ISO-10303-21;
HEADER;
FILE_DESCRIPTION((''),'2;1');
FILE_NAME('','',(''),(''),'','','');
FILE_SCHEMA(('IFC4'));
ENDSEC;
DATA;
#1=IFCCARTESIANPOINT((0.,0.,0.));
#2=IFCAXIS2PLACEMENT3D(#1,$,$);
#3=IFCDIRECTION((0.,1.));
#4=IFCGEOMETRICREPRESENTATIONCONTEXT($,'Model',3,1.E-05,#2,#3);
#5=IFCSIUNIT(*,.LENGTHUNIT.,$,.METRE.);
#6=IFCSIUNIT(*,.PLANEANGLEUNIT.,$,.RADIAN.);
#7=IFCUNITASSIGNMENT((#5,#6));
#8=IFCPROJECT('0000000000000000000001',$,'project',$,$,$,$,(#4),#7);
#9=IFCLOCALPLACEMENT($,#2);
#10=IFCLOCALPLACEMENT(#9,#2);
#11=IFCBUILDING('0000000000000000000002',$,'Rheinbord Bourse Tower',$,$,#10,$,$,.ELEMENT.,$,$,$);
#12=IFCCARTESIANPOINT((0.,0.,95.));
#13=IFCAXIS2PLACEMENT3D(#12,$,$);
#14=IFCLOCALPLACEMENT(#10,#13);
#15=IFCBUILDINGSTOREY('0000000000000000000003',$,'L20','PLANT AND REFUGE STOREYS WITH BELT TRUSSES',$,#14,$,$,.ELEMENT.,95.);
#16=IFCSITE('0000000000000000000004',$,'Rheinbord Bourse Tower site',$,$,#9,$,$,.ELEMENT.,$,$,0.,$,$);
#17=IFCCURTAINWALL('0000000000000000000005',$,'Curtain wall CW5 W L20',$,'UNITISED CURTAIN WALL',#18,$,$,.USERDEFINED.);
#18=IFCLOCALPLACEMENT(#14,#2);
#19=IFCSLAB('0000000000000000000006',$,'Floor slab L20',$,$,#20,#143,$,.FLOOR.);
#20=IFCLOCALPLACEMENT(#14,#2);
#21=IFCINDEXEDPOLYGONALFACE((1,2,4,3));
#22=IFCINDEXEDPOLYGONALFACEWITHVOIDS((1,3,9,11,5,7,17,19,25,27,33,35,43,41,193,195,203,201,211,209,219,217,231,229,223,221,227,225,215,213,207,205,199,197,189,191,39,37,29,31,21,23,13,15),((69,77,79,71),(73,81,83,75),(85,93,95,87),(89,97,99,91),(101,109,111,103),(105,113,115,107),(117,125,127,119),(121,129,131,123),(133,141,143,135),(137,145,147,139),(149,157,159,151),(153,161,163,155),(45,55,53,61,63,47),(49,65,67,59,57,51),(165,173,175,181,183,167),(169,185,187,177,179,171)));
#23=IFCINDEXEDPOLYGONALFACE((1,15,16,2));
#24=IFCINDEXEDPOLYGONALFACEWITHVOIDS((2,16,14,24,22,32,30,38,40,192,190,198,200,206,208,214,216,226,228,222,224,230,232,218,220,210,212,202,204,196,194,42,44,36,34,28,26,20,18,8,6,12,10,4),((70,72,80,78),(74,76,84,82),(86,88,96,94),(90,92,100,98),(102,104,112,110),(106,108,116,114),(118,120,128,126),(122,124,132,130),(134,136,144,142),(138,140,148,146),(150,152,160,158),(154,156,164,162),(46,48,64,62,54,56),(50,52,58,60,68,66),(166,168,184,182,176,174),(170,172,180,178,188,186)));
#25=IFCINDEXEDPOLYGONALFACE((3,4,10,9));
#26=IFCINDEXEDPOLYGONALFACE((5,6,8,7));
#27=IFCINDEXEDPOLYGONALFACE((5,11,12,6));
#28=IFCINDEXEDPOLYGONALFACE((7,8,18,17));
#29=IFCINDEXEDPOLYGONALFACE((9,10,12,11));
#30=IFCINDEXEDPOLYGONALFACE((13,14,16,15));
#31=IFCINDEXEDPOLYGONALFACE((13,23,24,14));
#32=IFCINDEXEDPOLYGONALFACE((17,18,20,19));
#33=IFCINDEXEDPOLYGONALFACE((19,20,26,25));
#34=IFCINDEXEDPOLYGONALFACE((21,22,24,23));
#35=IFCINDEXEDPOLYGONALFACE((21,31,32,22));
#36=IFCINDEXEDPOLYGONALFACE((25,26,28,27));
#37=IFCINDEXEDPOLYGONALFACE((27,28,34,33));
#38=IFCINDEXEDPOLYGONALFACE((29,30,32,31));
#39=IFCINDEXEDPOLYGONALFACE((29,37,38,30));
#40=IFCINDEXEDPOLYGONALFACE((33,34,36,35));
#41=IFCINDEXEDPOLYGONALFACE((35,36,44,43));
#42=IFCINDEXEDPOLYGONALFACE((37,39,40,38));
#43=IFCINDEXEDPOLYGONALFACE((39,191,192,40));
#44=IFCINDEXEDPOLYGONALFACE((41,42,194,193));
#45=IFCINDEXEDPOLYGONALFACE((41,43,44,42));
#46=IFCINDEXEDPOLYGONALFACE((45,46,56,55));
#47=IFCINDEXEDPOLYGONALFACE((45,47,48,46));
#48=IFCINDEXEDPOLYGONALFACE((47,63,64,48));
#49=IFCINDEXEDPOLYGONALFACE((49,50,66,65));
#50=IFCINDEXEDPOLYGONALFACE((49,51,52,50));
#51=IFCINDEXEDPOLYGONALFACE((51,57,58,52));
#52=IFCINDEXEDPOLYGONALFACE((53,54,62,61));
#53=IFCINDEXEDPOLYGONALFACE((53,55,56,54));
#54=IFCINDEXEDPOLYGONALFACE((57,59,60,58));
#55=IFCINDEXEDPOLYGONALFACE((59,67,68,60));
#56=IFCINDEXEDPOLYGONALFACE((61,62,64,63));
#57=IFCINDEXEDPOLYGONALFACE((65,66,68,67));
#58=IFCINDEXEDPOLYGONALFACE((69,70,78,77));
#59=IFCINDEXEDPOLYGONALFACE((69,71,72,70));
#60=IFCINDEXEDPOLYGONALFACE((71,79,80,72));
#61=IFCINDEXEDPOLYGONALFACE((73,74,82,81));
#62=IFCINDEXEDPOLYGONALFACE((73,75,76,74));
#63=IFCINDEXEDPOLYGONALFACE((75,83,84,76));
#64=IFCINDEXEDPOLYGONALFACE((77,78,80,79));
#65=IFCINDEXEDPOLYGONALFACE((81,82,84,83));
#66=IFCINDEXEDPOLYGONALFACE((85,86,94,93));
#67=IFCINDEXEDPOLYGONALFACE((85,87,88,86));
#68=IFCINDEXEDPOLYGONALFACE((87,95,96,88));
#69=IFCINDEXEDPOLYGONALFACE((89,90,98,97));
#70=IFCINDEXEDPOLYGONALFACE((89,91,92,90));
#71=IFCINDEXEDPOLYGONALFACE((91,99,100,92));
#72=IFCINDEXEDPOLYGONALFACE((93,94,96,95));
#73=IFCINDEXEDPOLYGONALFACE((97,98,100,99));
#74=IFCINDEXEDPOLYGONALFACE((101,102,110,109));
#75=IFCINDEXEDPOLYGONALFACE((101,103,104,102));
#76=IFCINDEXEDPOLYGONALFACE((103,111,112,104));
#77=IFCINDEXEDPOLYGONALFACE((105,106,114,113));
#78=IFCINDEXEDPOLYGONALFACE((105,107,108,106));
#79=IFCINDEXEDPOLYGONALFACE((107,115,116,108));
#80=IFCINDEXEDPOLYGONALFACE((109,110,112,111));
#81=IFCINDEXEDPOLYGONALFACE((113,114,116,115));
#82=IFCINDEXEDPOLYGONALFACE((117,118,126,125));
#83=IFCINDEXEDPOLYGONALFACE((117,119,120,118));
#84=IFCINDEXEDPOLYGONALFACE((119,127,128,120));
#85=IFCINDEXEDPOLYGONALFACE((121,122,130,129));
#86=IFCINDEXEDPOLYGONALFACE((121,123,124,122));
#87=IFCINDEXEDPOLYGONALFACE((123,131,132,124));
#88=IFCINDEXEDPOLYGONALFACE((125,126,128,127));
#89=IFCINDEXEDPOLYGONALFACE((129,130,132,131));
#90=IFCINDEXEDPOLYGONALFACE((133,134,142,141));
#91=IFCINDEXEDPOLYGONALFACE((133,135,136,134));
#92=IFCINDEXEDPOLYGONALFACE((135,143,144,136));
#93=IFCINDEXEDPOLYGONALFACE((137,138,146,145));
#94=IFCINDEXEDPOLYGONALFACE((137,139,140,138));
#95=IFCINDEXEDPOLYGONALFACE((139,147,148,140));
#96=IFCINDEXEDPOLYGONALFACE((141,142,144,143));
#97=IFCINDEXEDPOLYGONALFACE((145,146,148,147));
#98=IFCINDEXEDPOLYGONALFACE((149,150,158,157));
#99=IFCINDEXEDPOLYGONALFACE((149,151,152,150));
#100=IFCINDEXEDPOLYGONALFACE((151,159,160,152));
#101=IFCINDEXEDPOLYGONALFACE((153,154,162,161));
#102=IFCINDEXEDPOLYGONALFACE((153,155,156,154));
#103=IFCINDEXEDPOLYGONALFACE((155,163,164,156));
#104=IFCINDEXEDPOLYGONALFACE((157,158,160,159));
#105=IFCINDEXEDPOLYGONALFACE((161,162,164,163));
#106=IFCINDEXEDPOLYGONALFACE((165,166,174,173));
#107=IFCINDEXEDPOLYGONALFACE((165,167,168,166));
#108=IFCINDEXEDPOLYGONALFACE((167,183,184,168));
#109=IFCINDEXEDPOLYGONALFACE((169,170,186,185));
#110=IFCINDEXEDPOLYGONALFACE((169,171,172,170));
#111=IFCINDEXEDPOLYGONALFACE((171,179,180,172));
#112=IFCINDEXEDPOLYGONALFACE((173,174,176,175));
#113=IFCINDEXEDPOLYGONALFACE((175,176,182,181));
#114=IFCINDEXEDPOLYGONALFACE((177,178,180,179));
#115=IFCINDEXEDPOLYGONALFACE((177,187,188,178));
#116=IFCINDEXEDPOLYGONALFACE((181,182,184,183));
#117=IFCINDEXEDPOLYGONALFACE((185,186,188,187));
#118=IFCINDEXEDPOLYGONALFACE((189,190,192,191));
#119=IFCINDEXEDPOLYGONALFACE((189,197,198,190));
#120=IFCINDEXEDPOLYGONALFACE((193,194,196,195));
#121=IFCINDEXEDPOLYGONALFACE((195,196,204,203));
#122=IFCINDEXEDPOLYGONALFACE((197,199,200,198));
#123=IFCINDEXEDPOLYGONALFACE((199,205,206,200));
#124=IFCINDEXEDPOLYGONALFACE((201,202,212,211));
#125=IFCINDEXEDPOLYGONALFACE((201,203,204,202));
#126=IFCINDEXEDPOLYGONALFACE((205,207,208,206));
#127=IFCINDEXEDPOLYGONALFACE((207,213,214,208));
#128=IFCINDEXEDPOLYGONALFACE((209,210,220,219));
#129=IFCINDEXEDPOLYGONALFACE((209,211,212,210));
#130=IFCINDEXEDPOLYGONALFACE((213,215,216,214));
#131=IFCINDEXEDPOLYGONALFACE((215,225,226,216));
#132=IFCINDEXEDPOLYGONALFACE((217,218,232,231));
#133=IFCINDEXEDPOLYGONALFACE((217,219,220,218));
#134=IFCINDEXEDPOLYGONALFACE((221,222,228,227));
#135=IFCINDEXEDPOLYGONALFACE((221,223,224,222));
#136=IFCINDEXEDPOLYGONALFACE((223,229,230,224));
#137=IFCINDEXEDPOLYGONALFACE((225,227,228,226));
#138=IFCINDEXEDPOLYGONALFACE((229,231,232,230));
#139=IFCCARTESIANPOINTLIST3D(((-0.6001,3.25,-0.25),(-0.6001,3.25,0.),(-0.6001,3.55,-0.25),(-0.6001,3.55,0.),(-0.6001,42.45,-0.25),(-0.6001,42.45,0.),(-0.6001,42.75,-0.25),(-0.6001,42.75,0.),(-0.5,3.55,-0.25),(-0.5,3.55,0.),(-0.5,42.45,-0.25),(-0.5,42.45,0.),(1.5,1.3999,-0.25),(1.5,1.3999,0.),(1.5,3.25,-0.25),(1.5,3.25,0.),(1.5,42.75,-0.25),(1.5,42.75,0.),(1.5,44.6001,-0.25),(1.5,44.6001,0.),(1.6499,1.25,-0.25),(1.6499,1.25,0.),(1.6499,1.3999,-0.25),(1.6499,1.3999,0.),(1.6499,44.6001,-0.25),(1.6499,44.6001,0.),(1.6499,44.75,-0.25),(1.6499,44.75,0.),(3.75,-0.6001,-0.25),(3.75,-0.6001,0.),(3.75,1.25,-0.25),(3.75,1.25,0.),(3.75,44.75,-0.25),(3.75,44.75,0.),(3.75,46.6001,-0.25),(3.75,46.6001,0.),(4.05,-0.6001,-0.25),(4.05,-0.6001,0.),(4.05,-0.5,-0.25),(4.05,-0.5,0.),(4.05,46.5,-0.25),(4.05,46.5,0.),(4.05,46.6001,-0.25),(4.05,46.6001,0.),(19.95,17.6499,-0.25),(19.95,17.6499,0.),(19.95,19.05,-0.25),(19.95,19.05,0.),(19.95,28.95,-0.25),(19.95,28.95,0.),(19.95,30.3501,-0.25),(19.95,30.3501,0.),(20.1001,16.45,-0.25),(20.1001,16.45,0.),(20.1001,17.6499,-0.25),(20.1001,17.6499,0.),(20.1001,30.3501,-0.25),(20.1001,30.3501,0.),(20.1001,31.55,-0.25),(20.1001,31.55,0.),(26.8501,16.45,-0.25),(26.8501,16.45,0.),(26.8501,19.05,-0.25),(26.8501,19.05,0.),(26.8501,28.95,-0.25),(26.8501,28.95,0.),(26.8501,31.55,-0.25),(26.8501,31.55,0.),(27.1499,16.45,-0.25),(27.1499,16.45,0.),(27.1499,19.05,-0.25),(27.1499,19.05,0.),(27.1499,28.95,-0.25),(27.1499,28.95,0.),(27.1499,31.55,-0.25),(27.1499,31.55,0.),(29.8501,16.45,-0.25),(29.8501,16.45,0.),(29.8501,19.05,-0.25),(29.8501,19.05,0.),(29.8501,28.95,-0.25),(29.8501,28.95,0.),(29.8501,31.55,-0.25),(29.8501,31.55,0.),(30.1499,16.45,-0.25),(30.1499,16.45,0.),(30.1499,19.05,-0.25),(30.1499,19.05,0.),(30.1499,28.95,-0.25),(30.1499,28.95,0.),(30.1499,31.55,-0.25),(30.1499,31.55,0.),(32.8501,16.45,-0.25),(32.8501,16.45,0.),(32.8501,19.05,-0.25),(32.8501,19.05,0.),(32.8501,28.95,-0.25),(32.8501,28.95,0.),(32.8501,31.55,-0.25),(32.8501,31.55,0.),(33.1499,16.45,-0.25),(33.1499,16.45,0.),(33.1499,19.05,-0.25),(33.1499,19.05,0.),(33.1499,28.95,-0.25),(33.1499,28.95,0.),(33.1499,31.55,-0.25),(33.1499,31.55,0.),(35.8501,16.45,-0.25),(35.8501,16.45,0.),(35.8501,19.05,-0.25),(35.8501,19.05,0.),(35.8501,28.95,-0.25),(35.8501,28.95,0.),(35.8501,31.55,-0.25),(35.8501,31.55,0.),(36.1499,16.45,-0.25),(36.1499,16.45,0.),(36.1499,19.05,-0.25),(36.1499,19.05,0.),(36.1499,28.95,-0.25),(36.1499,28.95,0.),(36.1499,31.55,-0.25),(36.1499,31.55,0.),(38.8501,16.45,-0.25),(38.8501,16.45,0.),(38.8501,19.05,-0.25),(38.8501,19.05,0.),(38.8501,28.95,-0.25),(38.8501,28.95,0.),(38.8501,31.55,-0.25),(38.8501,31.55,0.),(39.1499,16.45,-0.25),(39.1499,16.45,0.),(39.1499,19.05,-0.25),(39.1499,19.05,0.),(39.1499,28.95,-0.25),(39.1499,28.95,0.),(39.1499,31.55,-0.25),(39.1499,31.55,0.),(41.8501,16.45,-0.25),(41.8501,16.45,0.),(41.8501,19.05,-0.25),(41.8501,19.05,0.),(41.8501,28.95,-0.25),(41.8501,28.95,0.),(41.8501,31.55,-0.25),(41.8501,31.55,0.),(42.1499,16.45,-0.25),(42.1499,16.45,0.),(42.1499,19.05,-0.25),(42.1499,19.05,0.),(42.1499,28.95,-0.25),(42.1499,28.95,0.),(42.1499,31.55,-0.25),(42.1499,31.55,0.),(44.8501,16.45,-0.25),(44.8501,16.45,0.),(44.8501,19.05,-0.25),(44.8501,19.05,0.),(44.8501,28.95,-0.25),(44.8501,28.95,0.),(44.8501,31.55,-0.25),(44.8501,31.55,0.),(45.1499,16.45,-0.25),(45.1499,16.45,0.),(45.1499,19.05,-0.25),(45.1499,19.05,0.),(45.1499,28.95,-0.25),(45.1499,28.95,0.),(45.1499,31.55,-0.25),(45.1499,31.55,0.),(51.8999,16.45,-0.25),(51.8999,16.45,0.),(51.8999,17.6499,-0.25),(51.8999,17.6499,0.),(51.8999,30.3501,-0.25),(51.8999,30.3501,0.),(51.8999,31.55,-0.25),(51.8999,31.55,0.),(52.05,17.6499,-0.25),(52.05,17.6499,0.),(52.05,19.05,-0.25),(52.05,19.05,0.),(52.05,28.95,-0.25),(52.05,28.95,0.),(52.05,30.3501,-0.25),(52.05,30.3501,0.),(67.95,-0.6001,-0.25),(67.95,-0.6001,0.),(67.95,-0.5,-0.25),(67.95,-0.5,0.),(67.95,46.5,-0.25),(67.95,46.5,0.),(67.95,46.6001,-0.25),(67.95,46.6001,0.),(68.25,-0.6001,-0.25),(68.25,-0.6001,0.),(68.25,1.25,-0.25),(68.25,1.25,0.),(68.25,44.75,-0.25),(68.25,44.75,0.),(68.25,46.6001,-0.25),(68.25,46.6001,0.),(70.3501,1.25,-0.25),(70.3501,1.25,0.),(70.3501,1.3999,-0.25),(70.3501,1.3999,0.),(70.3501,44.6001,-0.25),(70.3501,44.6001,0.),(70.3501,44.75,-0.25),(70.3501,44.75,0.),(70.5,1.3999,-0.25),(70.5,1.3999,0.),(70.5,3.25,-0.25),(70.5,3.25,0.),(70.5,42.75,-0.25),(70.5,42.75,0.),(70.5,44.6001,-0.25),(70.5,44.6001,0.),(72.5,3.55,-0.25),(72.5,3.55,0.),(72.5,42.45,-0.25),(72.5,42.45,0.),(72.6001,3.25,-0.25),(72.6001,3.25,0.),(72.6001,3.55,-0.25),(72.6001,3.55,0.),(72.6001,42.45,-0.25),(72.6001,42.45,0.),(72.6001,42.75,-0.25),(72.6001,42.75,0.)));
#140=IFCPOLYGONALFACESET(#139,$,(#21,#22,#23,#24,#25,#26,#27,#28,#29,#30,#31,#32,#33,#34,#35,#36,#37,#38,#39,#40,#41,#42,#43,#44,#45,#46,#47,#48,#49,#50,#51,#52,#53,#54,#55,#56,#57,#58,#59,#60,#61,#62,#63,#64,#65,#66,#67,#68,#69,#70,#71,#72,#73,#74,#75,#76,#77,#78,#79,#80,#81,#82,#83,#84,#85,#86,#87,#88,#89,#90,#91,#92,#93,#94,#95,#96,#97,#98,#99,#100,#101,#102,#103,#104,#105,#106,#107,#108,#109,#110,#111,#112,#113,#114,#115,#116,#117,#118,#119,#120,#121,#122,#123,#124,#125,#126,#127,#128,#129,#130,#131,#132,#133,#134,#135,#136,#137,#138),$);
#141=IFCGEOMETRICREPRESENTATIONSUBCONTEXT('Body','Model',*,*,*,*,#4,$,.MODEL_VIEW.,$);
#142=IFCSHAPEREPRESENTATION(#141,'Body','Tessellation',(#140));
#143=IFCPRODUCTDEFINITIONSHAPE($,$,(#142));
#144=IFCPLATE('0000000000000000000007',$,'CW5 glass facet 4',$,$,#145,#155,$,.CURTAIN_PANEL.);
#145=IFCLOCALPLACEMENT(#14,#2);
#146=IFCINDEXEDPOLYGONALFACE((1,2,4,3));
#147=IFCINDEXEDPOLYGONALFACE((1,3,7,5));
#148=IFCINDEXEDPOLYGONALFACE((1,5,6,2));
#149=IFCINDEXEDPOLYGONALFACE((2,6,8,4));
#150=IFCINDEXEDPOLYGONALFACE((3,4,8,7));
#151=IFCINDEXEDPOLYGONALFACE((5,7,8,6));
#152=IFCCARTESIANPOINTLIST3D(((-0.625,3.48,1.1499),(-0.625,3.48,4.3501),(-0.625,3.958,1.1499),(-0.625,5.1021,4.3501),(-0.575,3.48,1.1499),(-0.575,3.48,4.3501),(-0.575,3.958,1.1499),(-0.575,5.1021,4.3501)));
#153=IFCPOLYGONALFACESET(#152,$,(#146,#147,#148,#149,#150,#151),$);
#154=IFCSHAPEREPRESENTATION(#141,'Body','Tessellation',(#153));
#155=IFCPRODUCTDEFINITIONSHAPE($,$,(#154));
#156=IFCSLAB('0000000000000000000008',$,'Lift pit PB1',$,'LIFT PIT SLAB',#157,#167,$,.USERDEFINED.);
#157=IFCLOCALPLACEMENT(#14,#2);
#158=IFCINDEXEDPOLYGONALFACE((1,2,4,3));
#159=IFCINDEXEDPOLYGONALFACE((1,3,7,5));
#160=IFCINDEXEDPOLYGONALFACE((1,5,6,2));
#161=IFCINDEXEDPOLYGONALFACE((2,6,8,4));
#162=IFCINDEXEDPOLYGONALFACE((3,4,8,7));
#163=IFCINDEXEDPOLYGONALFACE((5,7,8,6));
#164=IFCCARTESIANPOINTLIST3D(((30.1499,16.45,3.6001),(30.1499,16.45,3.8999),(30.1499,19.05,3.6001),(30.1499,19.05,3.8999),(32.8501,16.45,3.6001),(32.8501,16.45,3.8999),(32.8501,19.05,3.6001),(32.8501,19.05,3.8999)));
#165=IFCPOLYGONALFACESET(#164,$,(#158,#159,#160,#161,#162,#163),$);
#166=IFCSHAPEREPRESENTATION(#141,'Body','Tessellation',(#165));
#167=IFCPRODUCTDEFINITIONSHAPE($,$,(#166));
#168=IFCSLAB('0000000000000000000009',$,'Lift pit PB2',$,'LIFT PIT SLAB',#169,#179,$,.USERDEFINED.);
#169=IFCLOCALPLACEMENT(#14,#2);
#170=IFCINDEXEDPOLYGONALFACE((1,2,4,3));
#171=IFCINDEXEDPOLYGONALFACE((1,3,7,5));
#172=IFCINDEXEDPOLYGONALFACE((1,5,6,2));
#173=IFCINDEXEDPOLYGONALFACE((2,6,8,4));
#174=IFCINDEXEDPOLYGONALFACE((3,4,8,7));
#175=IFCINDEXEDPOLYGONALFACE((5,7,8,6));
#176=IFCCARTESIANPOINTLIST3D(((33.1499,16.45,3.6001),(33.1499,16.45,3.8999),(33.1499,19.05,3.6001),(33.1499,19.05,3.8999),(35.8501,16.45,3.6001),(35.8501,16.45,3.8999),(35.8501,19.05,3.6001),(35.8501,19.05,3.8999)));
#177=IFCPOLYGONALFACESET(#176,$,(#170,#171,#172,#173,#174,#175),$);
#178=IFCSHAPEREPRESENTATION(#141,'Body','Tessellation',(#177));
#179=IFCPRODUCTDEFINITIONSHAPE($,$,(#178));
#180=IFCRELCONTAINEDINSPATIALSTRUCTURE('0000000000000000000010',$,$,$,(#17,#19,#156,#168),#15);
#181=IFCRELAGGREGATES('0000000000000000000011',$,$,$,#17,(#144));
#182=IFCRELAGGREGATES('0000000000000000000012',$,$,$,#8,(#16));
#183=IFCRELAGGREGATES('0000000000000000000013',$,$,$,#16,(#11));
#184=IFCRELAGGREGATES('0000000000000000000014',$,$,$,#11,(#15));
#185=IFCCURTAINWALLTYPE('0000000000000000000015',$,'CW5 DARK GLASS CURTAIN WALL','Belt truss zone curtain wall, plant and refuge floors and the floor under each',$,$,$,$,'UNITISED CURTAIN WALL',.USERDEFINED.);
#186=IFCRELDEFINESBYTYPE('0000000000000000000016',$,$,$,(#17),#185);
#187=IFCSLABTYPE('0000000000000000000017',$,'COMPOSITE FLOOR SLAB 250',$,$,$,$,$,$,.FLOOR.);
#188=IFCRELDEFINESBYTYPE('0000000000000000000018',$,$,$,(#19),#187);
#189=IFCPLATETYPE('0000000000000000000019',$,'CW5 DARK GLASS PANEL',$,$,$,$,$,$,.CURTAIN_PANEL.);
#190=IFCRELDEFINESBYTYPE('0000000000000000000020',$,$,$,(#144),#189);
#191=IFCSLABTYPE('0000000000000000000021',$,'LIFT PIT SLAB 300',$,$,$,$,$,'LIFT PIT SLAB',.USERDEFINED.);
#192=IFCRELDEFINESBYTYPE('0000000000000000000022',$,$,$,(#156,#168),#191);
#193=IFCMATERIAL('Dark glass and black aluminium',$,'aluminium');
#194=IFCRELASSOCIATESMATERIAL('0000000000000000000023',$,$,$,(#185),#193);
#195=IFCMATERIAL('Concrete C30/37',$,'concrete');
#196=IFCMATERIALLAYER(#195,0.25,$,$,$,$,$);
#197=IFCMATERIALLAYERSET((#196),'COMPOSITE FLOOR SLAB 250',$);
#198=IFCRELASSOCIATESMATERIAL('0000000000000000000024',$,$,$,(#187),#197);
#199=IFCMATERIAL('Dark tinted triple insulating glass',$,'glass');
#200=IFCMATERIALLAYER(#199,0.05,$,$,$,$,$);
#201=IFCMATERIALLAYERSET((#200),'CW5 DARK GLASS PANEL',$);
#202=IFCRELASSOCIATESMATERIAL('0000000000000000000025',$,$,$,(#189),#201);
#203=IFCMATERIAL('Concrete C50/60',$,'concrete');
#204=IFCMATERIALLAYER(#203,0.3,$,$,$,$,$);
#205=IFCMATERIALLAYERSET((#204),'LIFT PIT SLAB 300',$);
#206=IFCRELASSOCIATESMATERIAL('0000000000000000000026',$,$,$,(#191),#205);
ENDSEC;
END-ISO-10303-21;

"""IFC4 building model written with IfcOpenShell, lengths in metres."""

from ifc_helpers import new_model, si_unit, direction, frame, origin, place, context, subcontext, project, spatial, polyline, outline, extrude, material, layer, layer_set, type_object, element, aggregate, save


model = new_model("IFC4")

# Units and contexts
model_context = context("Model", 3, precision=1e-05, world=origin(), true_north=direction((0.0, 1.0)))
body_context = subcontext(model_context, "Body", "Model", "MODEL_VIEW")
ifc_project = project(units=[si_unit("LENGTHUNIT", "METRE"), si_unit("PLANEANGLEUNIT", "RADIAN")], contexts=[model_context])

# Site, building, storey
site_placement = place(None, origin())
site = spatial("IfcSite", under=ifc_project, at=site_placement, Name="Rheinbord Bourse Tower site", CompositionType="ELEMENT", RefElevation=0.0)
building_placement = place(site_placement, origin())
building = spatial("IfcBuilding", under=site, at=building_placement, Name="Rheinbord Bourse Tower", CompositionType="ELEMENT")
storey_placement = place(building_placement, frame((0.0, 0.0, 95.0)))
storey = spatial("IfcBuildingStorey", under=building, at=storey_placement, Name="L20", Description="PLANT AND REFUGE STOREYS WITH BELT TRUSSES", CompositionType="ELEMENT", Elevation=95.0)

# Curtain wall
ifc_material_1 = material(Name="Dark glass and black aluminium", Category="aluminium")
curtain_wall_type = type_object("IfcCurtainWallType", Name="CW5 DARK GLASS CURTAIN WALL", Description="Belt truss zone curtain wall, plant and refuge floors and the floor under each", ElementType="UNITISED CURTAIN WALL", PredefinedType="USERDEFINED", material=ifc_material_1)
curtain_wall_placement = place(storey_placement, origin())
curtain_wall = element("IfcCurtainWall", 1, at=curtain_wall_placement, inside=storey, type_object=curtain_wall_type, Name="Curtain wall CW5 W L20", ObjectType="UNITISED CURTAIN WALL", PredefinedType="USERDEFINED")

# Slab
ifc_material_2 = material(Name="Concrete C30/37", Category="concrete")
ifc_layer_1 = layer(ifc_material_2, 0.25)
ifc_layer_set_1 = layer_set([ifc_layer_1], Name="COMPOSITE FLOOR SLAB 250")
slab_type_1 = type_object("IfcSlabType", Name="COMPOSITE FLOOR SLAB 250", PredefinedType="FLOOR", material=ifc_layer_set_1)
slab_1_placement = place(storey_placement, frame((0.0, 0.0, -0.25)))
element("IfcSlab", 2, at=slab_1_placement, inside=storey, type_object=slab_type_1, Name="Floor slab L20", PredefinedType="FLOOR", context=body_context, shape_type="SweptSolid", body=[
    extrude(outline(polyline([(1.6499, 1.3999), (1.5, 1.3999), (1.5, 3.25), (-0.6001, 3.25), (-0.6001, 3.55), (-0.5, 3.55), (-0.5, 42.45), (-0.6001, 42.45), (-0.6001, 42.75), (1.5, 42.75), (1.5, 44.6001), (1.6499, 44.6001), (1.6499, 44.75), (3.75, 44.75), (3.75, 46.6001), (4.05, 46.6001), (4.05, 46.5), (67.95, 46.5), (67.95, 46.6001), (68.25, 46.6001), (68.25, 44.75), (70.3501, 44.75), (70.3501, 44.6001), (70.5, 44.6001), (70.5, 42.75), (72.6001, 42.75), (72.6001, 42.45), (72.5, 42.45), (72.5, 3.55), (72.6001, 3.55), (72.6001, 3.25), (70.5, 3.25), (70.5, 1.3999), (70.3501, 1.3999), (70.3501, 1.25), (68.25, 1.25), (68.25, -0.6001), (67.95, -0.6001), (67.95, -0.5), (4.05, -0.5), (4.05, -0.6001), (3.75, -0.6001), (3.75, 1.25), (1.6499, 1.25), (1.6499, 1.3999)]), holes=[polyline([(19.95, 19.05), (26.8501, 19.05), (26.8501, 16.45), (20.1001, 16.45), (20.1001, 17.6499), (19.95, 17.6499), (19.95, 19.05)]), polyline([(26.8501, 31.55), (26.8501, 28.95), (19.95, 28.95), (19.95, 30.3501), (20.1001, 30.3501), (20.1001, 31.55), (26.8501, 31.55)]), polyline([(45.1499, 16.45), (45.1499, 19.05), (52.05, 19.05), (52.05, 17.6499), (51.8999, 17.6499), (51.8999, 16.45), (45.1499, 16.45)]), polyline([(52.05, 28.95), (45.1499, 28.95), (45.1499, 31.55), (51.8999, 31.55), (51.8999, 30.3501), (52.05, 30.3501), (52.05, 28.95)]), polyline([(27.1499, 16.45), (27.1499, 19.05), (29.8501, 19.05), (29.8501, 16.45), (27.1499, 16.45)]), polyline([(27.1499, 28.95), (27.1499, 31.55), (29.8501, 31.55), (29.8501, 28.95), (27.1499, 28.95)]), polyline([(30.1499, 16.45), (30.1499, 19.05), (32.8501, 19.05), (32.8501, 16.45), (30.1499, 16.45)]), polyline([(30.1499, 28.95), (30.1499, 31.55), (32.8501, 31.55), (32.8501, 28.95), (30.1499, 28.95)]), polyline([(33.1499, 16.45), (33.1499, 19.05), (35.8501, 19.05), (35.8501, 16.45), (33.1499, 16.45)]), polyline([(33.1499, 28.95), (33.1499, 31.55), (35.8501, 31.55), (35.8501, 28.95), (33.1499, 28.95)]), polyline([(36.1499, 16.45), (36.1499, 19.05), (38.8501, 19.05), (38.8501, 16.45), (36.1499, 16.45)]), polyline([(36.1499, 28.95), (36.1499, 31.55), (38.8501, 31.55), (38.8501, 28.95), (36.1499, 28.95)]), polyline([(39.1499, 16.45), (39.1499, 19.05), (41.8501, 19.05), (41.8501, 16.45), (39.1499, 16.45)]), polyline([(39.1499, 28.95), (39.1499, 31.55), (41.8501, 31.55), (41.8501, 28.95), (39.1499, 28.95)]), polyline([(42.1499, 16.45), (42.1499, 19.05), (44.8501, 19.05), (44.8501, 16.45), (42.1499, 16.45)]), polyline([(42.1499, 28.95), (42.1499, 31.55), (44.8501, 31.55), (44.8501, 28.95), (42.1499, 28.95)])]), origin(), (0.0, 0.0, 1.0), 0.25),
])

# Plate
ifc_material_3 = material(Name="Dark tinted triple insulating glass", Category="glass")
ifc_layer_2 = layer(ifc_material_3, 0.05)
ifc_layer_set_2 = layer_set([ifc_layer_2], Name="CW5 DARK GLASS PANEL")
plate_type = type_object("IfcPlateType", Name="CW5 DARK GLASS PANEL", PredefinedType="CURTAIN_PANEL", material=ifc_layer_set_2)
plate_placement = place(storey_placement, frame((-0.625, 3.48, 4.3501), z_axis=(1.0, 0.0, 0.0), x_axis=(0.0, 0.0, -1.0)))
plate = element("IfcPlate", 3, at=plate_placement, type_object=plate_type, Name="CW5 glass facet 4", PredefinedType="CURTAIN_PANEL", context=body_context, shape_type="SweptSolid", body=[
    extrude(outline(polyline([(0.0, 0.0), (3.2002, 0.0), (3.2002, 0.478), (0.0, 1.6221), (0.0, 0.0)])), origin(), (0.0, 0.0, 1.0), 0.05),
])
aggregate(curtain_wall, [plate])

# Slabs
ifc_material_4 = material(Name="Concrete C50/60", Category="concrete")
ifc_layer_3 = layer(ifc_material_4, 0.3)
ifc_layer_set_3 = layer_set([ifc_layer_3], Name="LIFT PIT SLAB 300")
slab_type_2 = type_object("IfcSlabType", Name="LIFT PIT SLAB 300", ElementType="LIFT PIT SLAB", PredefinedType="USERDEFINED", material=ifc_layer_set_3)
slab_2_placement = place(storey_placement, frame((0.0, 0.0, 3.6001)))
element("IfcSlab", 4, at=slab_2_placement, inside=storey, type_object=slab_type_2, Name="Lift pit PB1", ObjectType="LIFT PIT SLAB", PredefinedType="USERDEFINED", context=body_context, shape_type="SweptSolid", body=[
    extrude(outline(polyline([(30.1499, 16.45), (32.8501, 16.45), (32.8501, 19.05), (30.1499, 19.05), (30.1499, 16.45)])), origin(), (0.0, 0.0, 1.0), 0.2998),
])
slab_3_placement = place(storey_placement, frame((0.0, 0.0, 3.6001)))
element("IfcSlab", 5, at=slab_3_placement, inside=storey, type_object=slab_type_2, Name="Lift pit PB2", ObjectType="LIFT PIT SLAB", PredefinedType="USERDEFINED", context=body_context, shape_type="SweptSolid", body=[
    extrude(outline(polyline([(33.1499, 16.45), (35.8501, 16.45), (35.8501, 19.05), (33.1499, 19.05), (33.1499, 16.45)])), origin(), (0.0, 0.0, 1.0), 0.2998),
])

save(model, "model.ifc")
